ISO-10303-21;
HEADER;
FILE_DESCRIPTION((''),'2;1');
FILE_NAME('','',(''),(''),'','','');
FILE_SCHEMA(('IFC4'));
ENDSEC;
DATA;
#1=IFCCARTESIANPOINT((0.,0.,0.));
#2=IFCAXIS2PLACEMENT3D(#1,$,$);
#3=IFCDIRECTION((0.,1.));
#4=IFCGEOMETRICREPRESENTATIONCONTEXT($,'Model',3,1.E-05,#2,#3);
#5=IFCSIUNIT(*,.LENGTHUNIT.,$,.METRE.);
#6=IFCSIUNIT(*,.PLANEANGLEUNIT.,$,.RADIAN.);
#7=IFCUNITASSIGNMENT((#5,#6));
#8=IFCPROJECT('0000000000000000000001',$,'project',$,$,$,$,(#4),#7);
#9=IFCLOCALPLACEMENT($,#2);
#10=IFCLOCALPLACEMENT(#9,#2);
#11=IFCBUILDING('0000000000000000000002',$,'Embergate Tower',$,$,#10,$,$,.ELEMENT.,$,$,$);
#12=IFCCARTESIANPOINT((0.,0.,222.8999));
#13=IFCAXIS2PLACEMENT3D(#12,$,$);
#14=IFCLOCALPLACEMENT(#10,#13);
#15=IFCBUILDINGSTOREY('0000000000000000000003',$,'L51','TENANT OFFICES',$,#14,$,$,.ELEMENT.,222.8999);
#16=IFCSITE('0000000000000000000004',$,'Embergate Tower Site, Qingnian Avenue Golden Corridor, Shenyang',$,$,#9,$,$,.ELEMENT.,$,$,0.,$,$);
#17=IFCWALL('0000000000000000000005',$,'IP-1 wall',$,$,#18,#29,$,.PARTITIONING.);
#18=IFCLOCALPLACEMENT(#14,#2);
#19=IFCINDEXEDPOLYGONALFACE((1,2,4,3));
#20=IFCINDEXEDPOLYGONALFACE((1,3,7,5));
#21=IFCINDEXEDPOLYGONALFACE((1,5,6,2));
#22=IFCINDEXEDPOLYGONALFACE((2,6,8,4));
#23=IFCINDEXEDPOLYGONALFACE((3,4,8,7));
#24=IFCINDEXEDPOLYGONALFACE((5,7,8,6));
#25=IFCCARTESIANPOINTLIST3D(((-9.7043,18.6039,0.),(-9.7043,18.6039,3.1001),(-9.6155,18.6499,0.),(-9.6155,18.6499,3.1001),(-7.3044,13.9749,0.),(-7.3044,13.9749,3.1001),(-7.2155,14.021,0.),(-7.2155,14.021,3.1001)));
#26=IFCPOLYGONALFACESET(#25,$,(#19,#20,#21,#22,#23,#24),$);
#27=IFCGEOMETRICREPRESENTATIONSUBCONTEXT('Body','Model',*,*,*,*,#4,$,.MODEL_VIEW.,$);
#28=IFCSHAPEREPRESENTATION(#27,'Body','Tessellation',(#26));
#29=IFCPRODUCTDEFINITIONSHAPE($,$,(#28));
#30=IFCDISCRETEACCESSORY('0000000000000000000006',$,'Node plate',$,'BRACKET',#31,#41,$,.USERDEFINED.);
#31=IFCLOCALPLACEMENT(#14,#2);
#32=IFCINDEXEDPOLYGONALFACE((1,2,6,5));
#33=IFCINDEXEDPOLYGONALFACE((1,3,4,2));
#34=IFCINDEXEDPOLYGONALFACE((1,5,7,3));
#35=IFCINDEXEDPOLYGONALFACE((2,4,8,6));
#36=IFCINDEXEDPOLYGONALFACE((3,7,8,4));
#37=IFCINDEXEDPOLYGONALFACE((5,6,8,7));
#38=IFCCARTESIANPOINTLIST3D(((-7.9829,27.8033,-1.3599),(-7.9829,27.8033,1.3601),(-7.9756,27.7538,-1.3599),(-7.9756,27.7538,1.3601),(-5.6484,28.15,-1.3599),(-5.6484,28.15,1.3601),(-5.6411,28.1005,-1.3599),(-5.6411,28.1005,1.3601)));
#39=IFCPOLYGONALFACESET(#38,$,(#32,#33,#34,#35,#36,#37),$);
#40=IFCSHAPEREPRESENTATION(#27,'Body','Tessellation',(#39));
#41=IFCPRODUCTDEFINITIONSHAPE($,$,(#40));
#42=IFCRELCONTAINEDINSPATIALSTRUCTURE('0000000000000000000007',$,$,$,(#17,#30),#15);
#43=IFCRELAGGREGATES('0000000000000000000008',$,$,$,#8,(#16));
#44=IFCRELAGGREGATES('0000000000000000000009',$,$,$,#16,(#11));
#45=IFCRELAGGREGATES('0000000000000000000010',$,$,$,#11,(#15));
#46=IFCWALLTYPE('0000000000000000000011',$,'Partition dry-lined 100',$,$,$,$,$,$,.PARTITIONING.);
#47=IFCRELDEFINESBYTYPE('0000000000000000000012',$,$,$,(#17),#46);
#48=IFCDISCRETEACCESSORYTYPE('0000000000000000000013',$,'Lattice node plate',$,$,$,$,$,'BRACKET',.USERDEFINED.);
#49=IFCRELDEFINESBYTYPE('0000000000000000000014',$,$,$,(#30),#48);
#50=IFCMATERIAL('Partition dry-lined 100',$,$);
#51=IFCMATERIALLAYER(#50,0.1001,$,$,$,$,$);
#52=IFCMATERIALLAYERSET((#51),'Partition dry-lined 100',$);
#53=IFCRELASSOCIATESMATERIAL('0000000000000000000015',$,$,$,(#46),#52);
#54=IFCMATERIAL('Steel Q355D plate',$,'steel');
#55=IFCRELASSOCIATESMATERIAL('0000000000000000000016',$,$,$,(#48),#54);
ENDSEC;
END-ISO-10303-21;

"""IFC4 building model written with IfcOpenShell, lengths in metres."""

from ifc_helpers import new_model, si_unit, direction, frame, frame_2d, origin, origin_2d, place, context, subcontext, project, spatial, rectangle, extrude, source, transform, mapped, material, layer, layer_set, type_object, element, save


model = new_model("IFC4")

# Units and contexts
model_context = context("Model", 3, precision=1e-05, world=origin(), true_north=direction((0.0, 1.0)))
body_context = subcontext(model_context, "Body", "Model", "MODEL_VIEW")
ifc_project = project(units=[si_unit("LENGTHUNIT", "METRE"), si_unit("PLANEANGLEUNIT", "RADIAN")], contexts=[model_context])

# Site, building, storey
site_placement = place(None, origin())
site = spatial("IfcSite", under=ifc_project, at=site_placement, Name="Embergate Tower Site, Qingnian Avenue Golden Corridor, Shenyang", CompositionType="ELEMENT", RefElevation=0.0)
building_placement = place(site_placement, origin())
building = spatial("IfcBuilding", under=site, at=building_placement, Name="Embergate Tower", CompositionType="ELEMENT")
storey_placement = place(building_placement, frame((0.0, 0.0, 222.8999)))
storey = spatial("IfcBuildingStorey", under=building, at=storey_placement, Name="L51", Description="TENANT OFFICES", CompositionType="ELEMENT", Elevation=222.8999)

# Shared definitions
ifc_material_1 = material(Name="Partition dry-lined 100")
ifc_layer_1 = layer(ifc_material_1, 0.1001)
ifc_layer_set_1 = layer_set([ifc_layer_1], Name="Partition dry-lined 100")
wall_type = type_object("IfcWallType", Name="Partition dry-lined 100", PredefinedType="PARTITIONING", material=ifc_layer_set_1)

# Wall
shared_shape_1 = source(origin(), body_context, "Body", "SweptSolid", [
    extrude(rectangle(XDim=5.2141, YDim=0.1001, at=frame_2d((2.6069, 0.0))), origin(), (0.0, 0.0, 1.0), 3.1001),
])
wall_1_placement = place(storey_placement, frame((-7.26, 13.998, 0.0), z_axis=(0.0, 0.0, 1.0), x_axis=(-0.460276, 0.887776, 0.0)))
element("IfcWall", 1, at=wall_1_placement, inside=storey, type_object=wall_type, Name="IP-1 wall", PredefinedType="PARTITIONING", context=body_context, shape_type="MappedRepresentation", body=[
    mapped(shared_shape_1, transform((0.0, 0.0, 0.0))),
])

# Discrete accessory
ifc_material_2 = material(Name="Steel Q355D plate", Category="steel")
discrete_accessory_type = type_object("IfcDiscreteAccessoryType", Name="Lattice node plate", ElementType="BRACKET", PredefinedType="USERDEFINED", material=ifc_material_2)
shared_shape_2 = source(origin(), body_context, "Body", "SweptSolid", [
    extrude(rectangle(XDim=2.3601, YDim=0.05, at=origin_2d()), origin(), (0.0, 0.0, 1.0), 2.72),
])
discrete_accessory_placement = place(storey_placement, frame((-6.812, 27.9519, -1.3599), z_axis=(0.0, 0.0, 1.0), x_axis=(-0.989147, -0.146929, 0.0)))
element("IfcDiscreteAccessory", 2, at=discrete_accessory_placement, inside=storey, type_object=discrete_accessory_type, Name="Node plate", ObjectType="BRACKET", PredefinedType="USERDEFINED", context=body_context, shape_type="MappedRepresentation", body=[
    mapped(shared_shape_2, transform((0.0, 0.0, 0.0))),
])

save(model, "model.ifc")
